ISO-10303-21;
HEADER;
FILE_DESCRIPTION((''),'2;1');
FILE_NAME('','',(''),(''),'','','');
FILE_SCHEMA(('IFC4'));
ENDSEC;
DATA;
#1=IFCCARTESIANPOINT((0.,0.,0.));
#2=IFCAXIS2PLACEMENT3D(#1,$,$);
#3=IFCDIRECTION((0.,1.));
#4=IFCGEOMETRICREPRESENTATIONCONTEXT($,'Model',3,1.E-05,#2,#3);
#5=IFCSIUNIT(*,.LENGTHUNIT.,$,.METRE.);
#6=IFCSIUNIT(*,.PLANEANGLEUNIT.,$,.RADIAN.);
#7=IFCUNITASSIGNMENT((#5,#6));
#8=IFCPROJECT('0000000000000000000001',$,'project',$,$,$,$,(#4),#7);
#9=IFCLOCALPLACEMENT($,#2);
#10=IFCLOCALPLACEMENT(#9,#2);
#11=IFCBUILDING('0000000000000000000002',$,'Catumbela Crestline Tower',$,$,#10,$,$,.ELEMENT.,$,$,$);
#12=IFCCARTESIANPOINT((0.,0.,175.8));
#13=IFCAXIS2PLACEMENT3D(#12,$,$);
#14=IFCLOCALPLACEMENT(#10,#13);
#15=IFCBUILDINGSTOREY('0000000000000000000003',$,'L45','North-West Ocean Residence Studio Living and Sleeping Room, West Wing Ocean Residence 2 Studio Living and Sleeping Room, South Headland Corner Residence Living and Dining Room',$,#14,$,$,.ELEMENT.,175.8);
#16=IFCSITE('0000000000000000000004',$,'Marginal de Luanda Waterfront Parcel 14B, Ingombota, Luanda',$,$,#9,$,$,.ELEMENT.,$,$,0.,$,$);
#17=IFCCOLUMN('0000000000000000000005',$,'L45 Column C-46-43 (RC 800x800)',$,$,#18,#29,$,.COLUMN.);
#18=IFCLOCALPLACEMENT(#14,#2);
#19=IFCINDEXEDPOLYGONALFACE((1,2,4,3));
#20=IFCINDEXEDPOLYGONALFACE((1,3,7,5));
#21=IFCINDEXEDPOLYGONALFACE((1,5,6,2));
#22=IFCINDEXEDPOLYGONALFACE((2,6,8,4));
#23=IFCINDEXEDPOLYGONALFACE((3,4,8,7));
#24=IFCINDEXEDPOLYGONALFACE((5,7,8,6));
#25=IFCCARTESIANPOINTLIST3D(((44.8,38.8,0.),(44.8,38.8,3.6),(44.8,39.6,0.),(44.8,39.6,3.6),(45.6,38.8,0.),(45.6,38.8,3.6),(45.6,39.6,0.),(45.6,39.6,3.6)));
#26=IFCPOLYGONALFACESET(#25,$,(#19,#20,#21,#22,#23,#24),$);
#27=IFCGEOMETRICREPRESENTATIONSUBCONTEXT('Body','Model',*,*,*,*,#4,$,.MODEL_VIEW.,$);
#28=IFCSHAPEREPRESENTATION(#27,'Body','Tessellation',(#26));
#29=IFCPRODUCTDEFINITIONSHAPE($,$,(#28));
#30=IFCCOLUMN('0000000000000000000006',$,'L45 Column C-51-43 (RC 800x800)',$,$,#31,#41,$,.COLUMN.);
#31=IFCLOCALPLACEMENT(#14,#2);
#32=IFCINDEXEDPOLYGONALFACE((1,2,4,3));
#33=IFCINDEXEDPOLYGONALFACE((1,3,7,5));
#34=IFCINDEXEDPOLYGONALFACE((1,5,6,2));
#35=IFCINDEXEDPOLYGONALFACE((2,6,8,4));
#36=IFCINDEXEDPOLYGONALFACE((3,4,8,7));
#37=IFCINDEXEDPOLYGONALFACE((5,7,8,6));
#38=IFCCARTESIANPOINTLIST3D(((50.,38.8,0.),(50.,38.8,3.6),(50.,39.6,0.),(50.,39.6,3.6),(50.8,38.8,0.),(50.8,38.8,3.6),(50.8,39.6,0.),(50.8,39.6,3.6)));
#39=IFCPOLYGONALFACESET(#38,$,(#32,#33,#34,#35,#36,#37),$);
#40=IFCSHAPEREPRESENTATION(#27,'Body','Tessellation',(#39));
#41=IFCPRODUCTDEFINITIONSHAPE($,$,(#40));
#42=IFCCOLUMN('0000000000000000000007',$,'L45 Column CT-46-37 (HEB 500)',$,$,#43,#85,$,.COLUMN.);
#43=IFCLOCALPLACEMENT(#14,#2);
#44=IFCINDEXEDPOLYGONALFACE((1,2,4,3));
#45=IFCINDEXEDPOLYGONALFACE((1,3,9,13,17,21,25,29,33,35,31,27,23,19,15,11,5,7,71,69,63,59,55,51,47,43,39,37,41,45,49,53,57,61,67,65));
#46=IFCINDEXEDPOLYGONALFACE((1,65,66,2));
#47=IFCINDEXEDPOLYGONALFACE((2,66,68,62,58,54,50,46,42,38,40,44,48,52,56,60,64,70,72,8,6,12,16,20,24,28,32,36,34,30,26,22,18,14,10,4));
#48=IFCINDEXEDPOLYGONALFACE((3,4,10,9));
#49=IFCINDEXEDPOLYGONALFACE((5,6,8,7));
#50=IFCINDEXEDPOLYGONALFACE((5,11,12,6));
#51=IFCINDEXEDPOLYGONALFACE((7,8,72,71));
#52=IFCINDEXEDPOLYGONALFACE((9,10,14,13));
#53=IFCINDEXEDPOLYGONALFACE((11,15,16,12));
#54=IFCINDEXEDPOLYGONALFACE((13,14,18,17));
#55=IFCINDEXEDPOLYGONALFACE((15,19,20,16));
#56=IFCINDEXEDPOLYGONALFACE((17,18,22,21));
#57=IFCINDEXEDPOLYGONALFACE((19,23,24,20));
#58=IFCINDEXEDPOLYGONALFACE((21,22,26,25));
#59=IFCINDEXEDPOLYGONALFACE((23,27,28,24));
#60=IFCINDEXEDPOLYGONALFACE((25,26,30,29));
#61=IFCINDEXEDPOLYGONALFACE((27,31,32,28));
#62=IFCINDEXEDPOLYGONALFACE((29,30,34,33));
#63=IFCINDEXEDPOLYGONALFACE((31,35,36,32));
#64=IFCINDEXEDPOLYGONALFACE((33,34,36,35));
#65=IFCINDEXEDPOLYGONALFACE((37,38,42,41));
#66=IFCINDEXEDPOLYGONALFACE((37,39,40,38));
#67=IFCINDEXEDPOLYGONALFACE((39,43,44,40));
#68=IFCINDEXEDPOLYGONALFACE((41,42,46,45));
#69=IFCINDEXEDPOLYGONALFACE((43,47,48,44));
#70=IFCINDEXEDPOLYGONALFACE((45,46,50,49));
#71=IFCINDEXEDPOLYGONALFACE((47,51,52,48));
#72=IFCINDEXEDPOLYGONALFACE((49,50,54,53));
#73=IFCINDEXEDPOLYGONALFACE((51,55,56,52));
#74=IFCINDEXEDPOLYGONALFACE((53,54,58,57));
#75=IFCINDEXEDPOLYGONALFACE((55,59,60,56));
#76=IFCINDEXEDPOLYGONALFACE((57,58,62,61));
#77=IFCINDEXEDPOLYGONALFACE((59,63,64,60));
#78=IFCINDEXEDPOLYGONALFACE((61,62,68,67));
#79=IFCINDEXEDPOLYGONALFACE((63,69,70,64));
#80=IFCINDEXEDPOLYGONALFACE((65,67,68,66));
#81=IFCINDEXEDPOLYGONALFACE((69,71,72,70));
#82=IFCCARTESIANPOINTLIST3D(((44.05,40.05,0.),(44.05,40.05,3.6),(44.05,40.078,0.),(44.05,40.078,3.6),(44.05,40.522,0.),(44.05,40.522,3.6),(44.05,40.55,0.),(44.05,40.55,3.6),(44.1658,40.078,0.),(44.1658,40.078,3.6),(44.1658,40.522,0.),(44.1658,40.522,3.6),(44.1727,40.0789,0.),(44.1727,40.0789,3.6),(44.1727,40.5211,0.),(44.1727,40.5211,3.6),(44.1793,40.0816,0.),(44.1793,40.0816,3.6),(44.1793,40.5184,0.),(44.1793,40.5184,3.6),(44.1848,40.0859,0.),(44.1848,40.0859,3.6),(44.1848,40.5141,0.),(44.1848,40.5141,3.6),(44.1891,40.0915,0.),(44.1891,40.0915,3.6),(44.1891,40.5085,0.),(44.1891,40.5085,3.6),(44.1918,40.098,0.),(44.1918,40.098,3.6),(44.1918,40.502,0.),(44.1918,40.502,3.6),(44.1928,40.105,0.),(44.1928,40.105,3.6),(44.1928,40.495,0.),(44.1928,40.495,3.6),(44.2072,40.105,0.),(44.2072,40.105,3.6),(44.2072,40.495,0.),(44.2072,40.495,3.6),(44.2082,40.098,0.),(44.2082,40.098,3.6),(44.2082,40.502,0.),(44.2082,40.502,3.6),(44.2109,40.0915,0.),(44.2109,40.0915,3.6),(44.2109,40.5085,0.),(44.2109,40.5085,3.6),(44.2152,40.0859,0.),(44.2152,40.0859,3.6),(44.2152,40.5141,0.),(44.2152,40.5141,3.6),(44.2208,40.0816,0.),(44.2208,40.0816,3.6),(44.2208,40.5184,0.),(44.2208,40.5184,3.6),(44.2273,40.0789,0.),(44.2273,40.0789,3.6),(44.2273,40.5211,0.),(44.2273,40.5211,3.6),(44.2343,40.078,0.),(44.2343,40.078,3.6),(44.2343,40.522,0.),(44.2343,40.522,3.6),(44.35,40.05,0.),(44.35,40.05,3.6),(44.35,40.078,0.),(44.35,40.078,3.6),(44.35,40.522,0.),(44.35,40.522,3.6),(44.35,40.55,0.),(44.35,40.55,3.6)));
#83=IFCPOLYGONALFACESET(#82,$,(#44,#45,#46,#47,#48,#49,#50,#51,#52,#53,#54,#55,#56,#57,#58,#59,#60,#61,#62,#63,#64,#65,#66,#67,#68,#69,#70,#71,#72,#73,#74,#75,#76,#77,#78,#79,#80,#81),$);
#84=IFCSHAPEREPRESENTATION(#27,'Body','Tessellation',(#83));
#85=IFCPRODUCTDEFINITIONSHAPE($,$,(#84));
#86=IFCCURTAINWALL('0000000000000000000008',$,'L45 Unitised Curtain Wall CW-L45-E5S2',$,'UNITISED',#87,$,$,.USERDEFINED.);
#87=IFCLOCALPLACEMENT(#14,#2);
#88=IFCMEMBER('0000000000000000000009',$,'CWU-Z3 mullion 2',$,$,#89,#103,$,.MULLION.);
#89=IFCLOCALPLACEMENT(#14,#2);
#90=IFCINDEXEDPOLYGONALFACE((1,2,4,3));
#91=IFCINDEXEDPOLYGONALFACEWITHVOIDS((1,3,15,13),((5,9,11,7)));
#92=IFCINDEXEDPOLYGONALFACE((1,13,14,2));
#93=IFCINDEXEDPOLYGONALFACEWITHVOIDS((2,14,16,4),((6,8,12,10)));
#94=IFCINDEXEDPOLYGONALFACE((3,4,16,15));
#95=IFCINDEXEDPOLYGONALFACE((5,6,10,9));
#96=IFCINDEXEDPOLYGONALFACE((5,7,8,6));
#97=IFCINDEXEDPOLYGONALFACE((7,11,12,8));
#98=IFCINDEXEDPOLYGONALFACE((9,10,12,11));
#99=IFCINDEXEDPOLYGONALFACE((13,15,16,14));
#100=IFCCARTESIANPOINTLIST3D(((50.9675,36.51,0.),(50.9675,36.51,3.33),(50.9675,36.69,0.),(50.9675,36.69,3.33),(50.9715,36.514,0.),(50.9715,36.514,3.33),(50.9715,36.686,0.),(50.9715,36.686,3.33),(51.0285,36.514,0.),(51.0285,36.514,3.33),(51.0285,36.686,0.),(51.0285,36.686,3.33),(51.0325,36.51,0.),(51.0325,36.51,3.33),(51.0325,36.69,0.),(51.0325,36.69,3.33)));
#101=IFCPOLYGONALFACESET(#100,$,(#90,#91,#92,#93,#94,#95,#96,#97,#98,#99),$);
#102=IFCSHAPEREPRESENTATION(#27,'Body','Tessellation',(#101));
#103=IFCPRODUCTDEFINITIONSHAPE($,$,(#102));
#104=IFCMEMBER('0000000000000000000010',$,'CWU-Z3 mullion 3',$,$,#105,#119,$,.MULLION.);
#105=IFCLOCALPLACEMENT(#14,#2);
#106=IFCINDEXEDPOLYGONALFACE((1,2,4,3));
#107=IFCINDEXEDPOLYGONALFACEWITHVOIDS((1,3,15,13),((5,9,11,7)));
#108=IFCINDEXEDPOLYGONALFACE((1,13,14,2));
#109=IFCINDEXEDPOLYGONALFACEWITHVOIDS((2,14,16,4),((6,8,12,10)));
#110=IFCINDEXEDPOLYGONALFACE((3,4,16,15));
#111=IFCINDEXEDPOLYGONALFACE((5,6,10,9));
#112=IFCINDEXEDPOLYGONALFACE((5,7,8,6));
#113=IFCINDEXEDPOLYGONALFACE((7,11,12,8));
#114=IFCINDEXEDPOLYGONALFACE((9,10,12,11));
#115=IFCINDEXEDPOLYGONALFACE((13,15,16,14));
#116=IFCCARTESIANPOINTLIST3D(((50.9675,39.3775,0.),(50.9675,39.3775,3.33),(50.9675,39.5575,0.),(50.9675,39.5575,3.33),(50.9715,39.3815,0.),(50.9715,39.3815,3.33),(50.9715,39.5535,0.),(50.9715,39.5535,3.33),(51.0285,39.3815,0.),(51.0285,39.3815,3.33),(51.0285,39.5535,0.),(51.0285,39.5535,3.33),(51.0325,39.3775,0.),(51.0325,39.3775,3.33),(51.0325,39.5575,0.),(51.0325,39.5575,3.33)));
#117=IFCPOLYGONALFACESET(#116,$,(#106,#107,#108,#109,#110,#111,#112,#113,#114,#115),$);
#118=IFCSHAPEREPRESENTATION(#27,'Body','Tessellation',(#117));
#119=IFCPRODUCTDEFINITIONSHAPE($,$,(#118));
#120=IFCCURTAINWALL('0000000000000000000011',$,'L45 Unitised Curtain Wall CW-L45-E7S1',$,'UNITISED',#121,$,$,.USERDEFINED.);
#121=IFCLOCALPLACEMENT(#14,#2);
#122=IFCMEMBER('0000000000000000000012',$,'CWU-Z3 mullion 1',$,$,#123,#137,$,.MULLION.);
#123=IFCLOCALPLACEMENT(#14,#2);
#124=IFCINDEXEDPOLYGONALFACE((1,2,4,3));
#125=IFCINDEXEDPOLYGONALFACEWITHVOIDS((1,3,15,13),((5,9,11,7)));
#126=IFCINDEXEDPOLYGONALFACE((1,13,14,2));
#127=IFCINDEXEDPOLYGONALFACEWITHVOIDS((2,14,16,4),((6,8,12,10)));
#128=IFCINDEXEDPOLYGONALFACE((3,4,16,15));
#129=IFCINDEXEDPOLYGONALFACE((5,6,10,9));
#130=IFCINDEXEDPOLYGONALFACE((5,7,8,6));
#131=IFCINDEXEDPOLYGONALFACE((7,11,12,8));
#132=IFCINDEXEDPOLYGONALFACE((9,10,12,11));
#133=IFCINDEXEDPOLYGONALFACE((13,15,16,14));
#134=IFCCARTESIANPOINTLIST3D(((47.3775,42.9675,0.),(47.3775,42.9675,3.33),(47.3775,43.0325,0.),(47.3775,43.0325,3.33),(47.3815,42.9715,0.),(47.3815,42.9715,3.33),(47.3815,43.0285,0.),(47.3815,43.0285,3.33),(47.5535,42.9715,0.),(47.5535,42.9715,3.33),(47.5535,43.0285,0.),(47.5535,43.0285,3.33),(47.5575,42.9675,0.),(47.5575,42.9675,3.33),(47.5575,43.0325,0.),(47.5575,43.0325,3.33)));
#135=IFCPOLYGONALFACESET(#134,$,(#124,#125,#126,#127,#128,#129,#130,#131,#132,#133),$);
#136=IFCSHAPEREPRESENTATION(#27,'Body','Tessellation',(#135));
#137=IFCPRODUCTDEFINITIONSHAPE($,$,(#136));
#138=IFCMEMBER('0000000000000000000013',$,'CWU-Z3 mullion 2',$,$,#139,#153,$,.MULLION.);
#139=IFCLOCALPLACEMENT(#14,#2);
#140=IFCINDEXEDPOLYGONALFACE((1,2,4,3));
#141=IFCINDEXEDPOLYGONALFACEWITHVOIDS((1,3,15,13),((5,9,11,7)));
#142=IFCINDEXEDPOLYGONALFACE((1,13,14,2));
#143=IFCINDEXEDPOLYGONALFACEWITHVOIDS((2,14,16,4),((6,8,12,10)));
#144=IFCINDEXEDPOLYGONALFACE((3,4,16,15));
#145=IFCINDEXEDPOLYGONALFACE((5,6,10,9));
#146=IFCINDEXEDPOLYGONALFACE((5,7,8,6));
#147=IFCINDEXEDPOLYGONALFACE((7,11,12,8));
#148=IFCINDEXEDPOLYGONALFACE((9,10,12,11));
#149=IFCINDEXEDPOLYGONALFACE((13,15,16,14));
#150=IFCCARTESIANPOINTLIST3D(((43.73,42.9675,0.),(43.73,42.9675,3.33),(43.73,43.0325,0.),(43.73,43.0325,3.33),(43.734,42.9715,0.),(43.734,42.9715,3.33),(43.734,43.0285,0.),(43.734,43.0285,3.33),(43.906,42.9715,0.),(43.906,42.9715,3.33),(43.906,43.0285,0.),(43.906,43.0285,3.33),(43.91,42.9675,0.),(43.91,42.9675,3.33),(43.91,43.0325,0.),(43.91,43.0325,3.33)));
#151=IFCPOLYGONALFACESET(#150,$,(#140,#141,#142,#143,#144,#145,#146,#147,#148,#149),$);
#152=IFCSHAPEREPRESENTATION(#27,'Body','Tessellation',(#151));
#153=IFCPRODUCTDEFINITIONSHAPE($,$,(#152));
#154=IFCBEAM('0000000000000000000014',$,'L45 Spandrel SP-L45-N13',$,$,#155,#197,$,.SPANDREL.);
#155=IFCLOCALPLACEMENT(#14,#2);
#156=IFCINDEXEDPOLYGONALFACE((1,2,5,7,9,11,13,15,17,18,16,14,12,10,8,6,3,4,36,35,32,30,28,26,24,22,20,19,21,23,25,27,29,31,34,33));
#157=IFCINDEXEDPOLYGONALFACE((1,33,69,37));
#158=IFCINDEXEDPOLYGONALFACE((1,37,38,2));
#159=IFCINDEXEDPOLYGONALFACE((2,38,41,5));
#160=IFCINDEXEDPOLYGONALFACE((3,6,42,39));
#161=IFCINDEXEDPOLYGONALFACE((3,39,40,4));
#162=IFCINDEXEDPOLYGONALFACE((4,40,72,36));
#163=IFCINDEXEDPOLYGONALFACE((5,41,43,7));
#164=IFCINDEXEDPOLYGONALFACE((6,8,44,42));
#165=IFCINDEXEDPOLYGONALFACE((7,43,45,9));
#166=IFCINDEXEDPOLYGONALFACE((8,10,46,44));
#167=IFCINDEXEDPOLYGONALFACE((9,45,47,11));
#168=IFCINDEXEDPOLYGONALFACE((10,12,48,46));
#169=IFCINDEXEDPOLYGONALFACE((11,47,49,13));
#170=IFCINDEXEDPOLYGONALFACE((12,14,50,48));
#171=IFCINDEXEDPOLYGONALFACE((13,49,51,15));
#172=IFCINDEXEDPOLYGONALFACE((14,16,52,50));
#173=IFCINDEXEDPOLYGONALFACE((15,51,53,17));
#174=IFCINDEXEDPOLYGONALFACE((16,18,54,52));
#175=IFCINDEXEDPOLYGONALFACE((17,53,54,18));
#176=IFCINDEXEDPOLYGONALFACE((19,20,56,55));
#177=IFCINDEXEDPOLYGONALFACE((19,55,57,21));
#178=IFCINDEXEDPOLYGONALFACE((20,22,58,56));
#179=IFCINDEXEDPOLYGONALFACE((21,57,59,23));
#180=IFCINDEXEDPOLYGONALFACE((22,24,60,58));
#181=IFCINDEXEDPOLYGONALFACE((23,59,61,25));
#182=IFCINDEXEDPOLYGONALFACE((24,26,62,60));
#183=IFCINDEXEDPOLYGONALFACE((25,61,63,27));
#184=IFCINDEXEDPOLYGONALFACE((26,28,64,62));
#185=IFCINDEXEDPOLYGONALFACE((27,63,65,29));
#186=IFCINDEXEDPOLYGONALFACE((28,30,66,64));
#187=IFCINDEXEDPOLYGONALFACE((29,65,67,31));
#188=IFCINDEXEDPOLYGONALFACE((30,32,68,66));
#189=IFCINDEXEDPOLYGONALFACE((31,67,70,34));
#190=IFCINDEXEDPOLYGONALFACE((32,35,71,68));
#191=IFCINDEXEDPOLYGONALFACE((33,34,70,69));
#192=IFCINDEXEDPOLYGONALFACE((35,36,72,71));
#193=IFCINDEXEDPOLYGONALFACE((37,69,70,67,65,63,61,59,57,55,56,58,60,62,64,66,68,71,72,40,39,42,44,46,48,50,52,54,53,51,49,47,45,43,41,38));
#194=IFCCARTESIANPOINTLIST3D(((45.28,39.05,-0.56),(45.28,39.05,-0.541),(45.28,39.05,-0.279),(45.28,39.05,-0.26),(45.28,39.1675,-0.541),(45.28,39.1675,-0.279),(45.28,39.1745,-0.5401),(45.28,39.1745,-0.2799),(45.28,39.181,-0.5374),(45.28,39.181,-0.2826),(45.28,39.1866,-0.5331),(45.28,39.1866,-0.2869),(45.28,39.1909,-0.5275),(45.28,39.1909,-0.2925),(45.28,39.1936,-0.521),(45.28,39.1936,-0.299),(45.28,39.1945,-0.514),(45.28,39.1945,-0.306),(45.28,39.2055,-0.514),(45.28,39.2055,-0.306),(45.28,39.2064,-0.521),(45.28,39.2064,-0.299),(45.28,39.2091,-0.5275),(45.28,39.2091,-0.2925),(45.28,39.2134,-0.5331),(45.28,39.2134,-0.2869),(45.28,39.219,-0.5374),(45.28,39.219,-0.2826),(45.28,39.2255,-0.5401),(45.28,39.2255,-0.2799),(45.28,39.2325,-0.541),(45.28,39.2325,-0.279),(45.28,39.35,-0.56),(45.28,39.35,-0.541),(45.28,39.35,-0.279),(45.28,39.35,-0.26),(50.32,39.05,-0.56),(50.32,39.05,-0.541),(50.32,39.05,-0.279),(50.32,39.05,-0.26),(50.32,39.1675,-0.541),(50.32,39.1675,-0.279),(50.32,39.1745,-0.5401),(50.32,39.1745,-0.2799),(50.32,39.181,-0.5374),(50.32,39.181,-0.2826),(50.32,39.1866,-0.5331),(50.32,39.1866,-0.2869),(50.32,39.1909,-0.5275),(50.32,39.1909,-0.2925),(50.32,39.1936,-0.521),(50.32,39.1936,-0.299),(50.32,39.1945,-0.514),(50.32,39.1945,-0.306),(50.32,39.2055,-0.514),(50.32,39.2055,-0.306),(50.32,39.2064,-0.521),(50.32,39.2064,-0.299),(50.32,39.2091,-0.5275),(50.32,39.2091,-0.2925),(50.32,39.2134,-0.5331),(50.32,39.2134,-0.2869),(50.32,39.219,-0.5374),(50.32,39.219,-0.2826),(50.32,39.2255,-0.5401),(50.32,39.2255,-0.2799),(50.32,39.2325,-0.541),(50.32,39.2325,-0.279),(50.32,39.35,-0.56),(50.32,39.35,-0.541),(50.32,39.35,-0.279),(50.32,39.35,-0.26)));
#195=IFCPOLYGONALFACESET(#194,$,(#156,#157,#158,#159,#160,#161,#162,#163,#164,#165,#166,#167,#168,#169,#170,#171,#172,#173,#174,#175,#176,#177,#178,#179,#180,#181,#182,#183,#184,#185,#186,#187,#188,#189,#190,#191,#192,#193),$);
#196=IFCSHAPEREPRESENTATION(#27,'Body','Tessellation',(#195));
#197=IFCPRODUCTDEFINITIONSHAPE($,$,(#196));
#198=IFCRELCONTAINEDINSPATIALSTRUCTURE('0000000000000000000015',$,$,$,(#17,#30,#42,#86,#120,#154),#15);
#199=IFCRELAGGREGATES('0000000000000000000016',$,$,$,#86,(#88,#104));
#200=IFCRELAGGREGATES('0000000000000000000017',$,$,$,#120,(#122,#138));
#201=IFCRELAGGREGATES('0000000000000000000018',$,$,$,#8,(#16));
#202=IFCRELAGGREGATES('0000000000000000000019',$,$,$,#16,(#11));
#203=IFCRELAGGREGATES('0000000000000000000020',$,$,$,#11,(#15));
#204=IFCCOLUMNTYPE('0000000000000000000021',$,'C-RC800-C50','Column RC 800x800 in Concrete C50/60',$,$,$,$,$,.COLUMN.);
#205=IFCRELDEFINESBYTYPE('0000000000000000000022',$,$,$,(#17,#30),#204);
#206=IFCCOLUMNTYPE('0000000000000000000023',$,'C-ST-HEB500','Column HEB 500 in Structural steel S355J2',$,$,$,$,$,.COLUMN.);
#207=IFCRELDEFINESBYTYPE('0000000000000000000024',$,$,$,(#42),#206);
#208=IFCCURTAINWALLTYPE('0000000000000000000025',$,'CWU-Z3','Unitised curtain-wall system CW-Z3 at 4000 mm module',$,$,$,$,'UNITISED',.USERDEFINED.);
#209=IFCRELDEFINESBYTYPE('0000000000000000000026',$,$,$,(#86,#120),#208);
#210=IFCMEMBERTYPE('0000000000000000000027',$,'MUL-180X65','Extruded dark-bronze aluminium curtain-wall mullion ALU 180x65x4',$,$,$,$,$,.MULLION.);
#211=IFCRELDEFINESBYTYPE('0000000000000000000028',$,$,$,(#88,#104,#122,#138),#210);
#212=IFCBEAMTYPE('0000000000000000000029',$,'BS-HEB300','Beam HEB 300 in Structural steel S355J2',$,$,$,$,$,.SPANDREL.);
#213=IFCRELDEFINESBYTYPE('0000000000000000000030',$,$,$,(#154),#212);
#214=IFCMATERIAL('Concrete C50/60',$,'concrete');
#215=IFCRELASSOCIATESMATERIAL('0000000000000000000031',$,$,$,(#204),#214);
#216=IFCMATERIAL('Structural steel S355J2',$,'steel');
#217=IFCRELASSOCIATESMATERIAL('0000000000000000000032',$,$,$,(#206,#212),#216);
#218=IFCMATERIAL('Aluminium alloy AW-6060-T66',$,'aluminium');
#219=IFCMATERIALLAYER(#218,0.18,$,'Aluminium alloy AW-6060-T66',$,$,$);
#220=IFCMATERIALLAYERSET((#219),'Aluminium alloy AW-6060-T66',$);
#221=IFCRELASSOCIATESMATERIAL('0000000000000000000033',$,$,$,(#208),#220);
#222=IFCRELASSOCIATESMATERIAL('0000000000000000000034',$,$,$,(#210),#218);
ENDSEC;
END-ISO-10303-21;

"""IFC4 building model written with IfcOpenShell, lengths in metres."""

from ifc_helpers import new_model, si_unit, direction, frame, origin, origin_2d, place, context, subcontext, project, spatial, rectangle, hollow_rectangle, i_section, extrude, material, layer, layer_set, material_profile, profile_set, type_object, element, aggregate, save


model = new_model("IFC4")

# Units and contexts
model_context = context("Model", 3, precision=1e-05, world=origin(), true_north=direction((0.0, 1.0)))
body_context = subcontext(model_context, "Body", "Model", "MODEL_VIEW")
ifc_project = project(units=[si_unit("LENGTHUNIT", "METRE"), si_unit("PLANEANGLEUNIT", "RADIAN")], contexts=[model_context])

# Site, building, storey
site_placement = place(None, origin())
site = spatial("IfcSite", under=ifc_project, at=site_placement, Name="Marginal de Luanda Waterfront Parcel 14B, Ingombota, Luanda", CompositionType="ELEMENT", RefElevation=0.0)
building_placement = place(site_placement, origin())
building = spatial("IfcBuilding", under=site, at=building_placement, Name="Catumbela Crestline Tower", CompositionType="ELEMENT")
storey_placement = place(building_placement, frame((0.0, 0.0, 175.8)))
storey = spatial("IfcBuildingStorey", under=building, at=storey_placement, Name="L45", Description="North-West Ocean Residence Studio Living and Sleeping Room, West Wing Ocean Residence 2 Studio Living and Sleeping Room, South Headland Corner Residence Living and Dining Room", CompositionType="ELEMENT", Elevation=175.8)

# Columns
ifc_material_1 = material(Name="Concrete C50/60", Category="concrete")
ifc_material_profile_1 = material_profile(ifc_material_1, rectangle(XDim=0.8, YDim=0.8, at=origin_2d()), Name="RC 800x800")
ifc_profile_set_1 = profile_set([ifc_material_profile_1], Name="Concrete C50/60")
column_type_1 = type_object("IfcColumnType", Name="C-RC800-C50", Description="Column RC 800x800 in Concrete C50/60", PredefinedType="COLUMN", material=ifc_profile_set_1)
for number, where, z_axis, x_axis, name in (
    (1, (45.2, 39.2, 0.0), (0.0, 0.0, 1.0), (1.0, 0.0, 0.0), "L45 Column C-46-43 (RC 800x800)"),
    (2, (50.4, 39.2, 0.0), (0.0, 0.0, 1.0), (1.0, 0.0, 0.0), "L45 Column C-51-43 (RC 800x800)"),
):
    element("IfcColumn", number, at=place(storey_placement, frame(where, z_axis=z_axis, x_axis=x_axis)), inside=storey, type_object=column_type_1, Name=name, PredefinedType="COLUMN", context=body_context, shape_type="SweptSolid", body=[
        extrude(rectangle(XDim=0.8, YDim=0.8, at=origin_2d()), origin(), (0.0, 0.0, 1.0), 3.6),
    ])
ifc_material_2 = material(Name="Structural steel S355J2", Category="steel")
ifc_material_profile_2 = material_profile(ifc_material_2, i_section(OverallWidth=0.3, OverallDepth=0.5, WebThickness=0.0145, FlangeThickness=0.028, FilletRadius=0.027, at=origin_2d()), Name="HEB 500")
ifc_profile_set_2 = profile_set([ifc_material_profile_2], Name="Structural steel S355J2")
column_type_2 = type_object("IfcColumnType", Name="C-ST-HEB500", Description="Column HEB 500 in Structural steel S355J2", PredefinedType="COLUMN", material=ifc_profile_set_2)
column_placement = place(storey_placement, frame((44.2, 40.3, 0.0), z_axis=(0.0, 0.0, 1.0), x_axis=(1.0, 0.0, 0.0)))
element("IfcColumn", 3, at=column_placement, inside=storey, type_object=column_type_2, Name="L45 Column CT-46-37 (HEB 500)", PredefinedType="COLUMN", context=body_context, shape_type="SweptSolid", body=[
    extrude(i_section(OverallWidth=0.3, OverallDepth=0.5, WebThickness=0.0145, FlangeThickness=0.028, FilletRadius=0.027, at=origin_2d()), origin(), (0.0, 0.0, 1.0), 3.6),
])

# Curtain walls, members
ifc_material_3 = material(Name="Aluminium alloy AW-6060-T66", Category="aluminium")
ifc_layer_1 = layer(ifc_material_3, 0.18, Name="Aluminium alloy AW-6060-T66")
ifc_layer_set_1 = layer_set([ifc_layer_1], Name="Aluminium alloy AW-6060-T66")
curtain_wall_type = type_object("IfcCurtainWallType", Name="CWU-Z3", Description="Unitised curtain-wall system CW-Z3 at 4000 mm module", ElementType="UNITISED", PredefinedType="USERDEFINED", material=ifc_layer_set_1)
curtain_wall_1_placement = place(storey_placement, origin())
curtain_wall_1 = element("IfcCurtainWall", 4, at=curtain_wall_1_placement, inside=storey, type_object=curtain_wall_type, Name="L45 Unitised Curtain Wall CW-L45-E5S2", ObjectType="UNITISED", PredefinedType="USERDEFINED")
ifc_material_profile_3 = material_profile(ifc_material_3, hollow_rectangle(XDim=0.065, YDim=0.18, WallThickness=0.004, at=origin_2d()), Name="ALU 180x65x4")
ifc_profile_set_3 = profile_set([ifc_material_profile_3], Name="Aluminium alloy AW-6060-T66")
member_type_1 = type_object("IfcMemberType", Name="MUL-180X65", Description="Extruded dark-bronze aluminium curtain-wall mullion ALU 180x65x4", PredefinedType="MULLION", material=ifc_profile_set_3)
member_1_placement = place(storey_placement, frame((51.0, 36.6, 0.0), z_axis=(0.0, 0.0, 1.0), x_axis=(-1.0, 0.0, 0.0)))
member_1 = element("IfcMember", 5, at=member_1_placement, type_object=member_type_1, Name="CWU-Z3 mullion 2", PredefinedType="MULLION", context=body_context, shape_type="SweptSolid", body=[
    extrude(hollow_rectangle(XDim=0.065, YDim=0.18, WallThickness=0.004, at=origin_2d()), origin(), (0.0, 0.0, 1.0), 3.33),
])
member_2_placement = place(storey_placement, frame((51.0, 39.4675, 0.0), z_axis=(0.0, 0.0, 1.0), x_axis=(-1.0, 0.0, 0.0)))
member_2 = element("IfcMember", 6, at=member_2_placement, type_object=member_type_1, Name="CWU-Z3 mullion 3", PredefinedType="MULLION", context=body_context, shape_type="SweptSolid", body=[
    extrude(hollow_rectangle(XDim=0.065, YDim=0.18, WallThickness=0.004, at=origin_2d()), origin(), (0.0, 0.0, 1.0), 3.33),
])
curtain_wall_2_placement = place(storey_placement, origin())
curtain_wall_2 = element("IfcCurtainWall", 7, at=curtain_wall_2_placement, inside=storey, type_object=curtain_wall_type, Name="L45 Unitised Curtain Wall CW-L45-E7S1", ObjectType="UNITISED", PredefinedType="USERDEFINED")
member_3_placement = place(storey_placement, frame((47.4675, 43.0, 0.0), z_axis=(0.0, 0.0, 1.0), x_axis=(0.0, -1.0, 0.0)))
member_3 = element("IfcMember", 8, at=member_3_placement, type_object=member_type_1, Name="CWU-Z3 mullion 1", PredefinedType="MULLION", context=body_context, shape_type="SweptSolid", body=[
    extrude(hollow_rectangle(XDim=0.065, YDim=0.18, WallThickness=0.004, at=origin_2d()), origin(), (0.0, 0.0, 1.0), 3.33),
])
member_4_placement = place(storey_placement, frame((43.82, 43.0, 0.0), z_axis=(0.0, 0.0, 1.0), x_axis=(0.0, -1.0, 0.0)))
member_4 = element("IfcMember", 9, at=member_4_placement, type_object=member_type_1, Name="CWU-Z3 mullion 2", PredefinedType="MULLION", context=body_context, shape_type="SweptSolid", body=[
    extrude(hollow_rectangle(XDim=0.065, YDim=0.18, WallThickness=0.004, at=origin_2d()), origin(), (0.0, 0.0, 1.0), 3.33),
])

# Beam
ifc_material_profile_4 = material_profile(ifc_material_2, i_section(OverallWidth=0.3, OverallDepth=0.3, WebThickness=0.011, FlangeThickness=0.019, FilletRadius=0.027, at=origin_2d()), Name="HEB 300")
ifc_profile_set_4 = profile_set([ifc_material_profile_4], Name="Structural steel S355J2")
beam_type = type_object("IfcBeamType", Name="BS-HEB300", Description="Beam HEB 300 in Structural steel S355J2", PredefinedType="SPANDREL", material=ifc_profile_set_4)
beam_placement = place(storey_placement, frame((45.28, 39.2, -0.41), z_axis=(1.0, 0.0, 0.0), x_axis=(0.0, 1.0, 0.0)))
element("IfcBeam", 10, at=beam_placement, inside=storey, type_object=beam_type, Name="L45 Spandrel SP-L45-N13", PredefinedType="SPANDREL", context=body_context, shape_type="SweptSolid", body=[
    extrude(i_section(OverallWidth=0.3, OverallDepth=0.3, WebThickness=0.011, FlangeThickness=0.019, FilletRadius=0.027, at=origin_2d()), origin(), (0.0, 0.0, 1.0), 5.04),
])

aggregate(curtain_wall_1, [member_1, member_2])
aggregate(curtain_wall_2, [member_3, member_4])

save(model, "model.ifc")
